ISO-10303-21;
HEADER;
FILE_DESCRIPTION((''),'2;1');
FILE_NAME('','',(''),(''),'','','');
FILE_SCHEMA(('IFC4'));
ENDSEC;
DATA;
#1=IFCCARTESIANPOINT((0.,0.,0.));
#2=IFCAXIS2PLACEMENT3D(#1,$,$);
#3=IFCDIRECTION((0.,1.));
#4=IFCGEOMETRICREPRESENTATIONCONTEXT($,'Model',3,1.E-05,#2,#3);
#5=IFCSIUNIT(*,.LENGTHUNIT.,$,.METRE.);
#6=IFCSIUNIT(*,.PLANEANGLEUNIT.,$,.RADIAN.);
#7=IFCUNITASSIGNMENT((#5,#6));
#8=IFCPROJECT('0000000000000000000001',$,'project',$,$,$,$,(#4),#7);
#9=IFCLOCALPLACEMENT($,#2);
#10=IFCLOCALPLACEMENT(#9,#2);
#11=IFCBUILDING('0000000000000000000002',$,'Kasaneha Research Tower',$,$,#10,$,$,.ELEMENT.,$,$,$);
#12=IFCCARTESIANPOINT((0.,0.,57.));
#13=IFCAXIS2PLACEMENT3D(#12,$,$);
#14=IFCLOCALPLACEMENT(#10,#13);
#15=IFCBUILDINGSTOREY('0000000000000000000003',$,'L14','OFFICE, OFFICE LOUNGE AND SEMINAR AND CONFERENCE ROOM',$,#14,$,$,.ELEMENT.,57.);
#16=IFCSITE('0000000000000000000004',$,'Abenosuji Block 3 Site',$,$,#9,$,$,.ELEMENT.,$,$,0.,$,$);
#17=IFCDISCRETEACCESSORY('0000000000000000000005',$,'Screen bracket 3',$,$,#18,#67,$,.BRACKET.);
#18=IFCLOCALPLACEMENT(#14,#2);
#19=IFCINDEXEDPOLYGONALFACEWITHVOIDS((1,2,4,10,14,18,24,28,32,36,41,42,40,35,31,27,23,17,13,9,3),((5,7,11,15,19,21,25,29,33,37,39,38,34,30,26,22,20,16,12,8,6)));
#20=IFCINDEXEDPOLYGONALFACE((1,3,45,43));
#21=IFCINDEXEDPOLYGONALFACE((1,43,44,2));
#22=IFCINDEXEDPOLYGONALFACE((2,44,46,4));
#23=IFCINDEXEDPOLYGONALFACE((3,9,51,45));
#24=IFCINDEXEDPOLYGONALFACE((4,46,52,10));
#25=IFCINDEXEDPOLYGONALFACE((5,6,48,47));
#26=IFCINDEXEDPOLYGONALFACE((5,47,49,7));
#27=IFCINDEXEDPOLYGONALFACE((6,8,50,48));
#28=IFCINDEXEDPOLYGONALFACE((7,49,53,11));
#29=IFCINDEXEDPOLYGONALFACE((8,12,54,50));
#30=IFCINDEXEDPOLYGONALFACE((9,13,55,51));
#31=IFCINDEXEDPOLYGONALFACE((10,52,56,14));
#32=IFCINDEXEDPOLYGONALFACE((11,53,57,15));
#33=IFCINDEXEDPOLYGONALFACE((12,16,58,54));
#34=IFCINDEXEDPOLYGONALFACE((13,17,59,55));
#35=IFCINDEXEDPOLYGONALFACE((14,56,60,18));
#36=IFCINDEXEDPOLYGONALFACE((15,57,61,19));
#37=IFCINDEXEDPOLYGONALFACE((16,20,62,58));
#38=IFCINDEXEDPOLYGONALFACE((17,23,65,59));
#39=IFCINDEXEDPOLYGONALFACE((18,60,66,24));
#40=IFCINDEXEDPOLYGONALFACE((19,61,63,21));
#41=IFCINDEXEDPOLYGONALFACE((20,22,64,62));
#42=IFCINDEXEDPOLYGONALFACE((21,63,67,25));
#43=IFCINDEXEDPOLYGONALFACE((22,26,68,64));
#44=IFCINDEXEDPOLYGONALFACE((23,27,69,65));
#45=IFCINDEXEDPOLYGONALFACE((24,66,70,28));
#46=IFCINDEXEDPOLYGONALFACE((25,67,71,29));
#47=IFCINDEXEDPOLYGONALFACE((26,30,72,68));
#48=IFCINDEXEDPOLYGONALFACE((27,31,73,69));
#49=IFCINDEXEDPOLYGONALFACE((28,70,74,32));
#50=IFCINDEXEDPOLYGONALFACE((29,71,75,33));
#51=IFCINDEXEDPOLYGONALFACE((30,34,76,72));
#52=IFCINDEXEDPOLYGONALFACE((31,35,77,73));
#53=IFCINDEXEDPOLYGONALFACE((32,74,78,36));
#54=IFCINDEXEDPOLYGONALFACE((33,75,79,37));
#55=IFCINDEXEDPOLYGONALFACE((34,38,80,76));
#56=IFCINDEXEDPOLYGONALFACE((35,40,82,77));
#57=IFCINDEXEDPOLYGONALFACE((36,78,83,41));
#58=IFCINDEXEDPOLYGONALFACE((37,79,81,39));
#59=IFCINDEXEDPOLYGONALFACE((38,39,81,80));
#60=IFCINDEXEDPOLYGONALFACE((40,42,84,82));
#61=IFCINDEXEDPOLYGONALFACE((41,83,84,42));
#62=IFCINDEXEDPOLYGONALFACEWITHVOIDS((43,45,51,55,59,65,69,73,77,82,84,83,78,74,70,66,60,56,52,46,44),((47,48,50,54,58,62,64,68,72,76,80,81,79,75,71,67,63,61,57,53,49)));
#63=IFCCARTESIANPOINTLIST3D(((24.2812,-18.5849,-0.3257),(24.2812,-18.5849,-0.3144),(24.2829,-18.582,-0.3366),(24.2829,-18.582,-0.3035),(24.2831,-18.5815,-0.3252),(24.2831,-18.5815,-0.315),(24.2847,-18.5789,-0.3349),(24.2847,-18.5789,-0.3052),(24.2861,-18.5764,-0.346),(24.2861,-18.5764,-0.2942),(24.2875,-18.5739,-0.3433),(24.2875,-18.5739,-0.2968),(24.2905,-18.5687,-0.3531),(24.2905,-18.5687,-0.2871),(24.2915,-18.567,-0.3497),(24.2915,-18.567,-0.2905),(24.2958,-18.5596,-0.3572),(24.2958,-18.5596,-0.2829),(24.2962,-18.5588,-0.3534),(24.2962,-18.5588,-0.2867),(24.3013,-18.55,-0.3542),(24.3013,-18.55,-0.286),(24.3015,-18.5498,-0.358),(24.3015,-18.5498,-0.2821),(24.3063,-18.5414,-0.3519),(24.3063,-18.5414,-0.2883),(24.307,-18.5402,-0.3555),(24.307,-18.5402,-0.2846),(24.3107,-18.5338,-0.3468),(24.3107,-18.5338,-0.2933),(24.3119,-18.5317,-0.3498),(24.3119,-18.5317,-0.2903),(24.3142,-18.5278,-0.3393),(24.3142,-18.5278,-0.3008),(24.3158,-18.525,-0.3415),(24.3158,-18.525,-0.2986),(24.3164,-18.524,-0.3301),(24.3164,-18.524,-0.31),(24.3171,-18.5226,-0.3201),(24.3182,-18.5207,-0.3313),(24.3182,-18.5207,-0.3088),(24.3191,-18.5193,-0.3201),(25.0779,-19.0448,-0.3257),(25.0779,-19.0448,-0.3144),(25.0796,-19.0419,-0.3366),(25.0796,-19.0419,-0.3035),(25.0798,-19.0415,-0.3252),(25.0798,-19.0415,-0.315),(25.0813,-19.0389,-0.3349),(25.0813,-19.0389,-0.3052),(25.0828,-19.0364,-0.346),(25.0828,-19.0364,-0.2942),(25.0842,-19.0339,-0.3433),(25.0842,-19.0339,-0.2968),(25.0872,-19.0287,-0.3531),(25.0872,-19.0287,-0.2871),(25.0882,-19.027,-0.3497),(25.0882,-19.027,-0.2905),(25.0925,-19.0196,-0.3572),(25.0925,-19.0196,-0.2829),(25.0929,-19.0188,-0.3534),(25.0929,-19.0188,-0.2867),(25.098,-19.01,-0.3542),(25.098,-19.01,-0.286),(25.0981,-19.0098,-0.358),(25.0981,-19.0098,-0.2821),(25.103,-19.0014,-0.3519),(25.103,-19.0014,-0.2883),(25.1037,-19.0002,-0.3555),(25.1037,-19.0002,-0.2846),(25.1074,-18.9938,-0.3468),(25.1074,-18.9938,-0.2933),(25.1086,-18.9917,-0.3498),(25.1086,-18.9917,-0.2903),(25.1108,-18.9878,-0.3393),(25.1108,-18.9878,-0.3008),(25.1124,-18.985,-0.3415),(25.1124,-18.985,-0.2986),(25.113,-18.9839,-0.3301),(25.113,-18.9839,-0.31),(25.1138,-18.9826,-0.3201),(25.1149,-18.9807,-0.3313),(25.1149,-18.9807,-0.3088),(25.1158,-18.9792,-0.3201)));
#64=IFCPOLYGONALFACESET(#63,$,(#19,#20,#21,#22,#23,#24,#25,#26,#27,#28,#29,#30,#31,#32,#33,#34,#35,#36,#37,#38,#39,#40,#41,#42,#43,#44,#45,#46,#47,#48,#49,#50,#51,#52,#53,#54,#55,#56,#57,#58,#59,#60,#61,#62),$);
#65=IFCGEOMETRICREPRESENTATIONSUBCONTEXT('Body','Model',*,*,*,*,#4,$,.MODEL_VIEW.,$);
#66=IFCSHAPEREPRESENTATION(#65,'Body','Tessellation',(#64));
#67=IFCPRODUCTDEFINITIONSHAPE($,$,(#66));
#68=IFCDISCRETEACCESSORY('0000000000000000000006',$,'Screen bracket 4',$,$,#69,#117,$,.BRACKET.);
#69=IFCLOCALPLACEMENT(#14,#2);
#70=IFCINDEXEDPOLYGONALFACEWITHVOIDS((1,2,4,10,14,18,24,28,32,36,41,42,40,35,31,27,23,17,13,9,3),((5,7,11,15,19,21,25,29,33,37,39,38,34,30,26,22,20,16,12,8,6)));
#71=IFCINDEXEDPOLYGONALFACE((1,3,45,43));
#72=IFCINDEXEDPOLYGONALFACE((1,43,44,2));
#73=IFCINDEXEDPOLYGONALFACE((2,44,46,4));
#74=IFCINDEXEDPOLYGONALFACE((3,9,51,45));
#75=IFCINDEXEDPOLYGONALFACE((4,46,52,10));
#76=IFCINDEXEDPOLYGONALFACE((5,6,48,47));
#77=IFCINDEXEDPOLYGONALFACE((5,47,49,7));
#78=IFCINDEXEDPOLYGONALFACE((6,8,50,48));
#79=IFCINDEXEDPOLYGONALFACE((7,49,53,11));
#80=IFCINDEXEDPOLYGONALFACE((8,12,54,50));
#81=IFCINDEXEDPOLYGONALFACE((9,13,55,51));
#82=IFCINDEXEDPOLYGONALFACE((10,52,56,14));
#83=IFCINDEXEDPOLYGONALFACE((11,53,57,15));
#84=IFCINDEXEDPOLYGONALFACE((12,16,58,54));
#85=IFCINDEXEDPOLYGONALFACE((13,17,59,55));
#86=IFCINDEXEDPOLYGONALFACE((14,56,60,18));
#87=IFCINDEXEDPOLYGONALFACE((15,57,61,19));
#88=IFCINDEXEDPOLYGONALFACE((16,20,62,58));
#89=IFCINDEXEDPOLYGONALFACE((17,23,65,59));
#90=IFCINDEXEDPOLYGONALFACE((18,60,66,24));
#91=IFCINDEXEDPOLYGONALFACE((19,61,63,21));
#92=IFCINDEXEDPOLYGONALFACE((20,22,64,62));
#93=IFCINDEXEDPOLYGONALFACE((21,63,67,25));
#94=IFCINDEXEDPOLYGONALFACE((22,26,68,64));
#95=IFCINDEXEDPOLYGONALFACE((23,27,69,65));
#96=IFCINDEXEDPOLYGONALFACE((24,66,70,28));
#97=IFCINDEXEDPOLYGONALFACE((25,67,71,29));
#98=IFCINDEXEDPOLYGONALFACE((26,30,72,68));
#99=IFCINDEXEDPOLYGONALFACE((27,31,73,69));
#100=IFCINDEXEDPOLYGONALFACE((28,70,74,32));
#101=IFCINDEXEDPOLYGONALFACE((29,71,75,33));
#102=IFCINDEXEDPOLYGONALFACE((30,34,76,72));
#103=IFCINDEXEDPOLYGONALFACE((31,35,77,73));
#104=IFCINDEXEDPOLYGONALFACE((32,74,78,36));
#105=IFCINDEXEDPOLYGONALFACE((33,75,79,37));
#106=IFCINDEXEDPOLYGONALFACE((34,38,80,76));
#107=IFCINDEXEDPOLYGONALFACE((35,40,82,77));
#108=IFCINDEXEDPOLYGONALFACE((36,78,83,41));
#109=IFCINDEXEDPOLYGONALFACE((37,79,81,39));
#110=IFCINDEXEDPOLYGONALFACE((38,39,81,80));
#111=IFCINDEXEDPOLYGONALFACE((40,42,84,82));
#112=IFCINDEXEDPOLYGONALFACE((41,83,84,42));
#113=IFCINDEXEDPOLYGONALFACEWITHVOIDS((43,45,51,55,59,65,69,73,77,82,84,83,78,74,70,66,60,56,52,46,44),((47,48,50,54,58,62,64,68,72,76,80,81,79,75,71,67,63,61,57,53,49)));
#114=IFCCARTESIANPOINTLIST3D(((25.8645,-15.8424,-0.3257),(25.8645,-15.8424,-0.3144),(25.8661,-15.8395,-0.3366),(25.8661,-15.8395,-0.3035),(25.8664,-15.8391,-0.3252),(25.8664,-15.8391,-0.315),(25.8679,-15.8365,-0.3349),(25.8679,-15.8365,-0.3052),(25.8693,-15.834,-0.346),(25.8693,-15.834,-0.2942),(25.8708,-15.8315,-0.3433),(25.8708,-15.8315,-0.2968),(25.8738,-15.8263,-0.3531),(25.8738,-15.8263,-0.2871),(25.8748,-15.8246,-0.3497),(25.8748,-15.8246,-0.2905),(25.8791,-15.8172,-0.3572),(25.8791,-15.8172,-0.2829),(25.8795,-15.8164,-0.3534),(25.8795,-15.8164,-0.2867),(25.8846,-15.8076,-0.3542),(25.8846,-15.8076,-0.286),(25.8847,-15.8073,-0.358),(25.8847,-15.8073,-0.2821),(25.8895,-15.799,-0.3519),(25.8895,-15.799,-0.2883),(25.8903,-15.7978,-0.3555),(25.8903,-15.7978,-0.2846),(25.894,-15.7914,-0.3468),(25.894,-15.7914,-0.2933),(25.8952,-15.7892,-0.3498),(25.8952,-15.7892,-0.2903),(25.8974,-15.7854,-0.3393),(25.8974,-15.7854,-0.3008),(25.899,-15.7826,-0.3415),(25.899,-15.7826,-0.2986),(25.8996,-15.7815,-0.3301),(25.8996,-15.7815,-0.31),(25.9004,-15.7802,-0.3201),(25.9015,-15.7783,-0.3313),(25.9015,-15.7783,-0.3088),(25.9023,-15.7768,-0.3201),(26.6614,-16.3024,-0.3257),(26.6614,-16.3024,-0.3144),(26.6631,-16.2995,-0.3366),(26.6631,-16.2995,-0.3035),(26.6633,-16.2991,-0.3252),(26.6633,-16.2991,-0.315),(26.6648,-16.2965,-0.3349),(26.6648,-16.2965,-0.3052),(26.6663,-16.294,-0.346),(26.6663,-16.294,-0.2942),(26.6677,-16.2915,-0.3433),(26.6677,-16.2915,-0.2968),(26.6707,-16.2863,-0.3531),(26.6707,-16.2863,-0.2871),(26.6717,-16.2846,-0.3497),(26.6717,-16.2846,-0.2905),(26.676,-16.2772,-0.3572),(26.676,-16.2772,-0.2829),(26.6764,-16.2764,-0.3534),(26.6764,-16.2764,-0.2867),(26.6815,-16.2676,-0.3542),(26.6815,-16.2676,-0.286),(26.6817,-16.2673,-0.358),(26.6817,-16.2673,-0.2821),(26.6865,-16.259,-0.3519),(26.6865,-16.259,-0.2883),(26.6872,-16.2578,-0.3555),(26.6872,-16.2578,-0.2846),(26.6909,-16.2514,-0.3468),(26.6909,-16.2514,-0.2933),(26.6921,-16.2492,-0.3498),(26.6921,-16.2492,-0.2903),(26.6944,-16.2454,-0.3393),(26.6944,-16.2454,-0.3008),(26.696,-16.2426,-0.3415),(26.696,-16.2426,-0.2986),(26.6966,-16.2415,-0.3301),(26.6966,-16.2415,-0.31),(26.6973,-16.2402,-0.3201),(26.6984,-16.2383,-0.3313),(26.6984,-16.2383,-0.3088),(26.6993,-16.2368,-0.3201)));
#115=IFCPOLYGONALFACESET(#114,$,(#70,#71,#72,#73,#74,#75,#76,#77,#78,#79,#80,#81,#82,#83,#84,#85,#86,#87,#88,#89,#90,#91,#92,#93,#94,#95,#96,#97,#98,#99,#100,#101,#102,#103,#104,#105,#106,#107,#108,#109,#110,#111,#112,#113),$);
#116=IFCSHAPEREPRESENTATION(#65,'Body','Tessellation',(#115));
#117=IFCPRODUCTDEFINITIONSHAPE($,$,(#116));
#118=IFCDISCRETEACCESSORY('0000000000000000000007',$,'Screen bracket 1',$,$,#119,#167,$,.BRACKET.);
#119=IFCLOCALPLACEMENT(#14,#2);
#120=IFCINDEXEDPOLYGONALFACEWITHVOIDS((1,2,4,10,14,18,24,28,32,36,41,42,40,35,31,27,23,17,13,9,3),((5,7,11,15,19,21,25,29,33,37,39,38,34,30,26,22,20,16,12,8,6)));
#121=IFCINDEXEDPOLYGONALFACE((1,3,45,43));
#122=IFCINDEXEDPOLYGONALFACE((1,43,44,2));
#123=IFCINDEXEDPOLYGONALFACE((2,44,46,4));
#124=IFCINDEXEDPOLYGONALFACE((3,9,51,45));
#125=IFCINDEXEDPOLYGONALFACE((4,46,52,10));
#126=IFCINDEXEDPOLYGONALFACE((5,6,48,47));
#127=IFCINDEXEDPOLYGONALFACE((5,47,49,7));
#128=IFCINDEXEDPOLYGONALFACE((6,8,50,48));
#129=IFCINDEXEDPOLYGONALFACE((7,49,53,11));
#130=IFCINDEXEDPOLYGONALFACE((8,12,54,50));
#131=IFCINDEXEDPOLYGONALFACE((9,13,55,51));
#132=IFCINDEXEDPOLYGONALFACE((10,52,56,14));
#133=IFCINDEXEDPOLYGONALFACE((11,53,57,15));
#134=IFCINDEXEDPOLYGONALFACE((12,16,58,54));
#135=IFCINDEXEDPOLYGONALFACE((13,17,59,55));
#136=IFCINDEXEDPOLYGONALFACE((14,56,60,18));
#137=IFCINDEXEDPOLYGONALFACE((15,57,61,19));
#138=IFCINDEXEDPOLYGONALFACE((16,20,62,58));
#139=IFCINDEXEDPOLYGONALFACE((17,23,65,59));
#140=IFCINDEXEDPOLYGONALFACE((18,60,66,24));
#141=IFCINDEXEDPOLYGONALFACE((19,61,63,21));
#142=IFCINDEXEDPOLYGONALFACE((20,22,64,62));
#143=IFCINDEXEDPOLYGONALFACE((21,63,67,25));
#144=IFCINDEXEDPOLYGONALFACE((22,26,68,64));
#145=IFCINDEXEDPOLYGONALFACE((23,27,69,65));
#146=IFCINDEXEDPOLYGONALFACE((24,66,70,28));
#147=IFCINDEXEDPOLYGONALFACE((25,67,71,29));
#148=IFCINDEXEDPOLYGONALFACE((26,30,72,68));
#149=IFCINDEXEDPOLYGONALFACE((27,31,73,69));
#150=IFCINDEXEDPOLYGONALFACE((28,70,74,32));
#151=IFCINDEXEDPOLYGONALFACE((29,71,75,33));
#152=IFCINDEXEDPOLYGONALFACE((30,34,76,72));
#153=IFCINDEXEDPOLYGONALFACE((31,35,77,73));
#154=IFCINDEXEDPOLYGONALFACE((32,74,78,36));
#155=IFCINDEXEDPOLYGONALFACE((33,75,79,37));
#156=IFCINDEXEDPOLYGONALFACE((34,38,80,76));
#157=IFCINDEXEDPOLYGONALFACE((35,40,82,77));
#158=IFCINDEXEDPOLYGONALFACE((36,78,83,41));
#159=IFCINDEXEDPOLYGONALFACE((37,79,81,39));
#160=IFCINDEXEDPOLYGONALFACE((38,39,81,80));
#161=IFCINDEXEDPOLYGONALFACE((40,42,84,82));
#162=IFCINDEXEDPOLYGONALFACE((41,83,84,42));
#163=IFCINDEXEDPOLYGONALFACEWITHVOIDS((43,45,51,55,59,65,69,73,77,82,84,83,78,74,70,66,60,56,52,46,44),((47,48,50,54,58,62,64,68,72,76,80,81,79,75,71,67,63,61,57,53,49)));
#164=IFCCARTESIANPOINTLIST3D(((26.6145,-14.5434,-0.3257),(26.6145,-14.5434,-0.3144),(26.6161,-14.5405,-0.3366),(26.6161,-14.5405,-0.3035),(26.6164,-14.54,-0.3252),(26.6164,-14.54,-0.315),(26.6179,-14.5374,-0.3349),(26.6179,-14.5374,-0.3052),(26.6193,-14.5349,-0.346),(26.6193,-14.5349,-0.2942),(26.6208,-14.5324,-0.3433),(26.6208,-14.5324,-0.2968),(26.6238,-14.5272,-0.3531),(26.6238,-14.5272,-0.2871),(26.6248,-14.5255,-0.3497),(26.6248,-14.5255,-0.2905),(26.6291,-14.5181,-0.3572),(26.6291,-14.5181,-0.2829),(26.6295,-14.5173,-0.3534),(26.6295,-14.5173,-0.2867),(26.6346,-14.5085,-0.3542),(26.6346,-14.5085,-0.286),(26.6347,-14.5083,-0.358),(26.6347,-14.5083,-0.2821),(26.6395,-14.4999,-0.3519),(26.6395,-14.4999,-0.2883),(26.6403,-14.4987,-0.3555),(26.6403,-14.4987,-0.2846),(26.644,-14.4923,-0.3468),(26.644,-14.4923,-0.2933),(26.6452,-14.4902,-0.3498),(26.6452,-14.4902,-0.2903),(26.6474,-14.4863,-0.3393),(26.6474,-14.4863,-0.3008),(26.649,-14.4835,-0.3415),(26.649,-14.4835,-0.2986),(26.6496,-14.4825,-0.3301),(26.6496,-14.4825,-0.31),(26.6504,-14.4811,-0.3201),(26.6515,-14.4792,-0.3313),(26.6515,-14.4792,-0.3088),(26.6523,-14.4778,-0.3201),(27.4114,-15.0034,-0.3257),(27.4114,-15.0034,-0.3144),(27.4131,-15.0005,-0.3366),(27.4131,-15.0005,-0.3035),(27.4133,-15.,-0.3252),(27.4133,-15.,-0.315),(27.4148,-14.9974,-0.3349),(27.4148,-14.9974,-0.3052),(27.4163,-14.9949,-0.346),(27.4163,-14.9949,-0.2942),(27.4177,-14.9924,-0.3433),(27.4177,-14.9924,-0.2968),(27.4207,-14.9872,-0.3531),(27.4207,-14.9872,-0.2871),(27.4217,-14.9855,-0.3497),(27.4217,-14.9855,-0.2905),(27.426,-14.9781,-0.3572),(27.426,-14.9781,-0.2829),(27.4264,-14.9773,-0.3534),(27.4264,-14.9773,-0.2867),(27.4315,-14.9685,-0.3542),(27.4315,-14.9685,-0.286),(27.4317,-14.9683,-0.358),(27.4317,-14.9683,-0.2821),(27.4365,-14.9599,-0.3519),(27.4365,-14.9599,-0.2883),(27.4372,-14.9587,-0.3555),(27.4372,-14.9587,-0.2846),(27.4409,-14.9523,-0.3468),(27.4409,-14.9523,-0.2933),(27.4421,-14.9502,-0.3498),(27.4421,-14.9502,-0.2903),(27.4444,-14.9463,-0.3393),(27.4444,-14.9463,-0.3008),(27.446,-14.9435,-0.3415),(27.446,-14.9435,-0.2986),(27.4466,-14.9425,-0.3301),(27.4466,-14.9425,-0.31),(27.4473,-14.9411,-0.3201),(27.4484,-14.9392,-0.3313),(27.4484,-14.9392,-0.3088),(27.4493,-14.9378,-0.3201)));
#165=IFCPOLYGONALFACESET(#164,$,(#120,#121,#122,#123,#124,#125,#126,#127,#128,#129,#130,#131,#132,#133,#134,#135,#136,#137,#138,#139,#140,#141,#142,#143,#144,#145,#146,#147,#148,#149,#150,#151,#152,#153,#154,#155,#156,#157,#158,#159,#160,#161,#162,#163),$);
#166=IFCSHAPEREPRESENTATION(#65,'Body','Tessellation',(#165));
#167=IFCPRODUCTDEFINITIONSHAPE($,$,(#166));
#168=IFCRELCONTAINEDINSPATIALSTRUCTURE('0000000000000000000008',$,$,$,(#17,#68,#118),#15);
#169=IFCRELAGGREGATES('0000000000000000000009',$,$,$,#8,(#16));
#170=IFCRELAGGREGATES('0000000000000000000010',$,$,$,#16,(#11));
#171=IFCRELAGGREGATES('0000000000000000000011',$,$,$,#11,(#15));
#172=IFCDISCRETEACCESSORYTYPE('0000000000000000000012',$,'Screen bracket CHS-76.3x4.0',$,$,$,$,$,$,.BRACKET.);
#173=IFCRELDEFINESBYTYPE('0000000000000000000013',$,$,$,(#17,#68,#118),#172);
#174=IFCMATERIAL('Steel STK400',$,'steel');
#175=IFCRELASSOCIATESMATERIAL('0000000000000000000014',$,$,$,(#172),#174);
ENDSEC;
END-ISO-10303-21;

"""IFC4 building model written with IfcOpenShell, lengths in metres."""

from ifc_helpers import new_model, si_unit, direction, frame, origin, origin_2d, place, context, subcontext, project, spatial, hollow_circle, extrude, material, material_profile, profile_set, type_object, element, save


model = new_model("IFC4")

# Units and contexts
model_context = context("Model", 3, precision=1e-05, world=origin(), true_north=direction((0.0, 1.0)))
body_context = subcontext(model_context, "Body", "Model", "MODEL_VIEW")
ifc_project = project(units=[si_unit("LENGTHUNIT", "METRE"), si_unit("PLANEANGLEUNIT", "RADIAN")], contexts=[model_context])

# Site, building, storey
site_placement = place(None, origin())
site = spatial("IfcSite", under=ifc_project, at=site_placement, Name="Abenosuji Block 3 Site", CompositionType="ELEMENT", RefElevation=0.0)
building_placement = place(site_placement, origin())
building = spatial("IfcBuilding", under=site, at=building_placement, Name="Kasaneha Research Tower", CompositionType="ELEMENT")
storey_placement = place(building_placement, frame((0.0, 0.0, 57.0)))
storey = spatial("IfcBuildingStorey", under=building, at=storey_placement, Name="L14", Description="OFFICE, OFFICE LOUNGE AND SEMINAR AND CONFERENCE ROOM", CompositionType="ELEMENT", Elevation=57.0)

# Discrete accessories
ifc_material = material(Name="Steel STK400", Category="steel")
ifc_material_profile = material_profile(ifc_material, hollow_circle(Radius=0.0381, WallThickness=0.0039, at=origin_2d()), Name="CHS-76.3x4.0")
ifc_profile_set = profile_set([ifc_material_profile], Name="Steel STK400")
discrete_accessory_type = type_object("IfcDiscreteAccessoryType", Name="Screen bracket CHS-76.3x4.0", PredefinedType="BRACKET", material=ifc_profile_set)
discrete_accessory_1_placement = place(storey_placement, frame((24.3, -18.5522, -0.3201), z_axis=(0.866013, -0.500021, 0.0), x_axis=(0.500021, 0.866013, 0.0)))
element("IfcDiscreteAccessory", 1, at=discrete_accessory_1_placement, inside=storey, type_object=discrete_accessory_type, Name="Screen bracket 3", PredefinedType="BRACKET", context=body_context, shape_type="SweptSolid", body=[
    extrude(hollow_circle(Radius=0.0381, WallThickness=0.0039, at=origin_2d()), origin(), (0.0, 0.0, 1.0), 0.9199),
])
for number, where, z_axis, x_axis, name in (
    (2, (25.8833, -15.8098, -0.3201), (0.86608, -0.499906, 0.0), (0.499906, 0.86608, 0.0), "Screen bracket 4"),
    (3, (26.6333, -14.5107, -0.3201), (0.86608, -0.499906, 0.0), (0.499906, 0.86608, 0.0), "Screen bracket 1"),
):
    element("IfcDiscreteAccessory", number, at=place(storey_placement, frame(where, z_axis=z_axis, x_axis=x_axis)), inside=storey, type_object=discrete_accessory_type, Name=name, PredefinedType="BRACKET", context=body_context, shape_type="SweptSolid", body=[
        extrude(hollow_circle(Radius=0.0381, WallThickness=0.0039, at=origin_2d()), origin(), (0.0, 0.0, 1.0), 0.9202),
    ])

save(model, "model.ifc")
